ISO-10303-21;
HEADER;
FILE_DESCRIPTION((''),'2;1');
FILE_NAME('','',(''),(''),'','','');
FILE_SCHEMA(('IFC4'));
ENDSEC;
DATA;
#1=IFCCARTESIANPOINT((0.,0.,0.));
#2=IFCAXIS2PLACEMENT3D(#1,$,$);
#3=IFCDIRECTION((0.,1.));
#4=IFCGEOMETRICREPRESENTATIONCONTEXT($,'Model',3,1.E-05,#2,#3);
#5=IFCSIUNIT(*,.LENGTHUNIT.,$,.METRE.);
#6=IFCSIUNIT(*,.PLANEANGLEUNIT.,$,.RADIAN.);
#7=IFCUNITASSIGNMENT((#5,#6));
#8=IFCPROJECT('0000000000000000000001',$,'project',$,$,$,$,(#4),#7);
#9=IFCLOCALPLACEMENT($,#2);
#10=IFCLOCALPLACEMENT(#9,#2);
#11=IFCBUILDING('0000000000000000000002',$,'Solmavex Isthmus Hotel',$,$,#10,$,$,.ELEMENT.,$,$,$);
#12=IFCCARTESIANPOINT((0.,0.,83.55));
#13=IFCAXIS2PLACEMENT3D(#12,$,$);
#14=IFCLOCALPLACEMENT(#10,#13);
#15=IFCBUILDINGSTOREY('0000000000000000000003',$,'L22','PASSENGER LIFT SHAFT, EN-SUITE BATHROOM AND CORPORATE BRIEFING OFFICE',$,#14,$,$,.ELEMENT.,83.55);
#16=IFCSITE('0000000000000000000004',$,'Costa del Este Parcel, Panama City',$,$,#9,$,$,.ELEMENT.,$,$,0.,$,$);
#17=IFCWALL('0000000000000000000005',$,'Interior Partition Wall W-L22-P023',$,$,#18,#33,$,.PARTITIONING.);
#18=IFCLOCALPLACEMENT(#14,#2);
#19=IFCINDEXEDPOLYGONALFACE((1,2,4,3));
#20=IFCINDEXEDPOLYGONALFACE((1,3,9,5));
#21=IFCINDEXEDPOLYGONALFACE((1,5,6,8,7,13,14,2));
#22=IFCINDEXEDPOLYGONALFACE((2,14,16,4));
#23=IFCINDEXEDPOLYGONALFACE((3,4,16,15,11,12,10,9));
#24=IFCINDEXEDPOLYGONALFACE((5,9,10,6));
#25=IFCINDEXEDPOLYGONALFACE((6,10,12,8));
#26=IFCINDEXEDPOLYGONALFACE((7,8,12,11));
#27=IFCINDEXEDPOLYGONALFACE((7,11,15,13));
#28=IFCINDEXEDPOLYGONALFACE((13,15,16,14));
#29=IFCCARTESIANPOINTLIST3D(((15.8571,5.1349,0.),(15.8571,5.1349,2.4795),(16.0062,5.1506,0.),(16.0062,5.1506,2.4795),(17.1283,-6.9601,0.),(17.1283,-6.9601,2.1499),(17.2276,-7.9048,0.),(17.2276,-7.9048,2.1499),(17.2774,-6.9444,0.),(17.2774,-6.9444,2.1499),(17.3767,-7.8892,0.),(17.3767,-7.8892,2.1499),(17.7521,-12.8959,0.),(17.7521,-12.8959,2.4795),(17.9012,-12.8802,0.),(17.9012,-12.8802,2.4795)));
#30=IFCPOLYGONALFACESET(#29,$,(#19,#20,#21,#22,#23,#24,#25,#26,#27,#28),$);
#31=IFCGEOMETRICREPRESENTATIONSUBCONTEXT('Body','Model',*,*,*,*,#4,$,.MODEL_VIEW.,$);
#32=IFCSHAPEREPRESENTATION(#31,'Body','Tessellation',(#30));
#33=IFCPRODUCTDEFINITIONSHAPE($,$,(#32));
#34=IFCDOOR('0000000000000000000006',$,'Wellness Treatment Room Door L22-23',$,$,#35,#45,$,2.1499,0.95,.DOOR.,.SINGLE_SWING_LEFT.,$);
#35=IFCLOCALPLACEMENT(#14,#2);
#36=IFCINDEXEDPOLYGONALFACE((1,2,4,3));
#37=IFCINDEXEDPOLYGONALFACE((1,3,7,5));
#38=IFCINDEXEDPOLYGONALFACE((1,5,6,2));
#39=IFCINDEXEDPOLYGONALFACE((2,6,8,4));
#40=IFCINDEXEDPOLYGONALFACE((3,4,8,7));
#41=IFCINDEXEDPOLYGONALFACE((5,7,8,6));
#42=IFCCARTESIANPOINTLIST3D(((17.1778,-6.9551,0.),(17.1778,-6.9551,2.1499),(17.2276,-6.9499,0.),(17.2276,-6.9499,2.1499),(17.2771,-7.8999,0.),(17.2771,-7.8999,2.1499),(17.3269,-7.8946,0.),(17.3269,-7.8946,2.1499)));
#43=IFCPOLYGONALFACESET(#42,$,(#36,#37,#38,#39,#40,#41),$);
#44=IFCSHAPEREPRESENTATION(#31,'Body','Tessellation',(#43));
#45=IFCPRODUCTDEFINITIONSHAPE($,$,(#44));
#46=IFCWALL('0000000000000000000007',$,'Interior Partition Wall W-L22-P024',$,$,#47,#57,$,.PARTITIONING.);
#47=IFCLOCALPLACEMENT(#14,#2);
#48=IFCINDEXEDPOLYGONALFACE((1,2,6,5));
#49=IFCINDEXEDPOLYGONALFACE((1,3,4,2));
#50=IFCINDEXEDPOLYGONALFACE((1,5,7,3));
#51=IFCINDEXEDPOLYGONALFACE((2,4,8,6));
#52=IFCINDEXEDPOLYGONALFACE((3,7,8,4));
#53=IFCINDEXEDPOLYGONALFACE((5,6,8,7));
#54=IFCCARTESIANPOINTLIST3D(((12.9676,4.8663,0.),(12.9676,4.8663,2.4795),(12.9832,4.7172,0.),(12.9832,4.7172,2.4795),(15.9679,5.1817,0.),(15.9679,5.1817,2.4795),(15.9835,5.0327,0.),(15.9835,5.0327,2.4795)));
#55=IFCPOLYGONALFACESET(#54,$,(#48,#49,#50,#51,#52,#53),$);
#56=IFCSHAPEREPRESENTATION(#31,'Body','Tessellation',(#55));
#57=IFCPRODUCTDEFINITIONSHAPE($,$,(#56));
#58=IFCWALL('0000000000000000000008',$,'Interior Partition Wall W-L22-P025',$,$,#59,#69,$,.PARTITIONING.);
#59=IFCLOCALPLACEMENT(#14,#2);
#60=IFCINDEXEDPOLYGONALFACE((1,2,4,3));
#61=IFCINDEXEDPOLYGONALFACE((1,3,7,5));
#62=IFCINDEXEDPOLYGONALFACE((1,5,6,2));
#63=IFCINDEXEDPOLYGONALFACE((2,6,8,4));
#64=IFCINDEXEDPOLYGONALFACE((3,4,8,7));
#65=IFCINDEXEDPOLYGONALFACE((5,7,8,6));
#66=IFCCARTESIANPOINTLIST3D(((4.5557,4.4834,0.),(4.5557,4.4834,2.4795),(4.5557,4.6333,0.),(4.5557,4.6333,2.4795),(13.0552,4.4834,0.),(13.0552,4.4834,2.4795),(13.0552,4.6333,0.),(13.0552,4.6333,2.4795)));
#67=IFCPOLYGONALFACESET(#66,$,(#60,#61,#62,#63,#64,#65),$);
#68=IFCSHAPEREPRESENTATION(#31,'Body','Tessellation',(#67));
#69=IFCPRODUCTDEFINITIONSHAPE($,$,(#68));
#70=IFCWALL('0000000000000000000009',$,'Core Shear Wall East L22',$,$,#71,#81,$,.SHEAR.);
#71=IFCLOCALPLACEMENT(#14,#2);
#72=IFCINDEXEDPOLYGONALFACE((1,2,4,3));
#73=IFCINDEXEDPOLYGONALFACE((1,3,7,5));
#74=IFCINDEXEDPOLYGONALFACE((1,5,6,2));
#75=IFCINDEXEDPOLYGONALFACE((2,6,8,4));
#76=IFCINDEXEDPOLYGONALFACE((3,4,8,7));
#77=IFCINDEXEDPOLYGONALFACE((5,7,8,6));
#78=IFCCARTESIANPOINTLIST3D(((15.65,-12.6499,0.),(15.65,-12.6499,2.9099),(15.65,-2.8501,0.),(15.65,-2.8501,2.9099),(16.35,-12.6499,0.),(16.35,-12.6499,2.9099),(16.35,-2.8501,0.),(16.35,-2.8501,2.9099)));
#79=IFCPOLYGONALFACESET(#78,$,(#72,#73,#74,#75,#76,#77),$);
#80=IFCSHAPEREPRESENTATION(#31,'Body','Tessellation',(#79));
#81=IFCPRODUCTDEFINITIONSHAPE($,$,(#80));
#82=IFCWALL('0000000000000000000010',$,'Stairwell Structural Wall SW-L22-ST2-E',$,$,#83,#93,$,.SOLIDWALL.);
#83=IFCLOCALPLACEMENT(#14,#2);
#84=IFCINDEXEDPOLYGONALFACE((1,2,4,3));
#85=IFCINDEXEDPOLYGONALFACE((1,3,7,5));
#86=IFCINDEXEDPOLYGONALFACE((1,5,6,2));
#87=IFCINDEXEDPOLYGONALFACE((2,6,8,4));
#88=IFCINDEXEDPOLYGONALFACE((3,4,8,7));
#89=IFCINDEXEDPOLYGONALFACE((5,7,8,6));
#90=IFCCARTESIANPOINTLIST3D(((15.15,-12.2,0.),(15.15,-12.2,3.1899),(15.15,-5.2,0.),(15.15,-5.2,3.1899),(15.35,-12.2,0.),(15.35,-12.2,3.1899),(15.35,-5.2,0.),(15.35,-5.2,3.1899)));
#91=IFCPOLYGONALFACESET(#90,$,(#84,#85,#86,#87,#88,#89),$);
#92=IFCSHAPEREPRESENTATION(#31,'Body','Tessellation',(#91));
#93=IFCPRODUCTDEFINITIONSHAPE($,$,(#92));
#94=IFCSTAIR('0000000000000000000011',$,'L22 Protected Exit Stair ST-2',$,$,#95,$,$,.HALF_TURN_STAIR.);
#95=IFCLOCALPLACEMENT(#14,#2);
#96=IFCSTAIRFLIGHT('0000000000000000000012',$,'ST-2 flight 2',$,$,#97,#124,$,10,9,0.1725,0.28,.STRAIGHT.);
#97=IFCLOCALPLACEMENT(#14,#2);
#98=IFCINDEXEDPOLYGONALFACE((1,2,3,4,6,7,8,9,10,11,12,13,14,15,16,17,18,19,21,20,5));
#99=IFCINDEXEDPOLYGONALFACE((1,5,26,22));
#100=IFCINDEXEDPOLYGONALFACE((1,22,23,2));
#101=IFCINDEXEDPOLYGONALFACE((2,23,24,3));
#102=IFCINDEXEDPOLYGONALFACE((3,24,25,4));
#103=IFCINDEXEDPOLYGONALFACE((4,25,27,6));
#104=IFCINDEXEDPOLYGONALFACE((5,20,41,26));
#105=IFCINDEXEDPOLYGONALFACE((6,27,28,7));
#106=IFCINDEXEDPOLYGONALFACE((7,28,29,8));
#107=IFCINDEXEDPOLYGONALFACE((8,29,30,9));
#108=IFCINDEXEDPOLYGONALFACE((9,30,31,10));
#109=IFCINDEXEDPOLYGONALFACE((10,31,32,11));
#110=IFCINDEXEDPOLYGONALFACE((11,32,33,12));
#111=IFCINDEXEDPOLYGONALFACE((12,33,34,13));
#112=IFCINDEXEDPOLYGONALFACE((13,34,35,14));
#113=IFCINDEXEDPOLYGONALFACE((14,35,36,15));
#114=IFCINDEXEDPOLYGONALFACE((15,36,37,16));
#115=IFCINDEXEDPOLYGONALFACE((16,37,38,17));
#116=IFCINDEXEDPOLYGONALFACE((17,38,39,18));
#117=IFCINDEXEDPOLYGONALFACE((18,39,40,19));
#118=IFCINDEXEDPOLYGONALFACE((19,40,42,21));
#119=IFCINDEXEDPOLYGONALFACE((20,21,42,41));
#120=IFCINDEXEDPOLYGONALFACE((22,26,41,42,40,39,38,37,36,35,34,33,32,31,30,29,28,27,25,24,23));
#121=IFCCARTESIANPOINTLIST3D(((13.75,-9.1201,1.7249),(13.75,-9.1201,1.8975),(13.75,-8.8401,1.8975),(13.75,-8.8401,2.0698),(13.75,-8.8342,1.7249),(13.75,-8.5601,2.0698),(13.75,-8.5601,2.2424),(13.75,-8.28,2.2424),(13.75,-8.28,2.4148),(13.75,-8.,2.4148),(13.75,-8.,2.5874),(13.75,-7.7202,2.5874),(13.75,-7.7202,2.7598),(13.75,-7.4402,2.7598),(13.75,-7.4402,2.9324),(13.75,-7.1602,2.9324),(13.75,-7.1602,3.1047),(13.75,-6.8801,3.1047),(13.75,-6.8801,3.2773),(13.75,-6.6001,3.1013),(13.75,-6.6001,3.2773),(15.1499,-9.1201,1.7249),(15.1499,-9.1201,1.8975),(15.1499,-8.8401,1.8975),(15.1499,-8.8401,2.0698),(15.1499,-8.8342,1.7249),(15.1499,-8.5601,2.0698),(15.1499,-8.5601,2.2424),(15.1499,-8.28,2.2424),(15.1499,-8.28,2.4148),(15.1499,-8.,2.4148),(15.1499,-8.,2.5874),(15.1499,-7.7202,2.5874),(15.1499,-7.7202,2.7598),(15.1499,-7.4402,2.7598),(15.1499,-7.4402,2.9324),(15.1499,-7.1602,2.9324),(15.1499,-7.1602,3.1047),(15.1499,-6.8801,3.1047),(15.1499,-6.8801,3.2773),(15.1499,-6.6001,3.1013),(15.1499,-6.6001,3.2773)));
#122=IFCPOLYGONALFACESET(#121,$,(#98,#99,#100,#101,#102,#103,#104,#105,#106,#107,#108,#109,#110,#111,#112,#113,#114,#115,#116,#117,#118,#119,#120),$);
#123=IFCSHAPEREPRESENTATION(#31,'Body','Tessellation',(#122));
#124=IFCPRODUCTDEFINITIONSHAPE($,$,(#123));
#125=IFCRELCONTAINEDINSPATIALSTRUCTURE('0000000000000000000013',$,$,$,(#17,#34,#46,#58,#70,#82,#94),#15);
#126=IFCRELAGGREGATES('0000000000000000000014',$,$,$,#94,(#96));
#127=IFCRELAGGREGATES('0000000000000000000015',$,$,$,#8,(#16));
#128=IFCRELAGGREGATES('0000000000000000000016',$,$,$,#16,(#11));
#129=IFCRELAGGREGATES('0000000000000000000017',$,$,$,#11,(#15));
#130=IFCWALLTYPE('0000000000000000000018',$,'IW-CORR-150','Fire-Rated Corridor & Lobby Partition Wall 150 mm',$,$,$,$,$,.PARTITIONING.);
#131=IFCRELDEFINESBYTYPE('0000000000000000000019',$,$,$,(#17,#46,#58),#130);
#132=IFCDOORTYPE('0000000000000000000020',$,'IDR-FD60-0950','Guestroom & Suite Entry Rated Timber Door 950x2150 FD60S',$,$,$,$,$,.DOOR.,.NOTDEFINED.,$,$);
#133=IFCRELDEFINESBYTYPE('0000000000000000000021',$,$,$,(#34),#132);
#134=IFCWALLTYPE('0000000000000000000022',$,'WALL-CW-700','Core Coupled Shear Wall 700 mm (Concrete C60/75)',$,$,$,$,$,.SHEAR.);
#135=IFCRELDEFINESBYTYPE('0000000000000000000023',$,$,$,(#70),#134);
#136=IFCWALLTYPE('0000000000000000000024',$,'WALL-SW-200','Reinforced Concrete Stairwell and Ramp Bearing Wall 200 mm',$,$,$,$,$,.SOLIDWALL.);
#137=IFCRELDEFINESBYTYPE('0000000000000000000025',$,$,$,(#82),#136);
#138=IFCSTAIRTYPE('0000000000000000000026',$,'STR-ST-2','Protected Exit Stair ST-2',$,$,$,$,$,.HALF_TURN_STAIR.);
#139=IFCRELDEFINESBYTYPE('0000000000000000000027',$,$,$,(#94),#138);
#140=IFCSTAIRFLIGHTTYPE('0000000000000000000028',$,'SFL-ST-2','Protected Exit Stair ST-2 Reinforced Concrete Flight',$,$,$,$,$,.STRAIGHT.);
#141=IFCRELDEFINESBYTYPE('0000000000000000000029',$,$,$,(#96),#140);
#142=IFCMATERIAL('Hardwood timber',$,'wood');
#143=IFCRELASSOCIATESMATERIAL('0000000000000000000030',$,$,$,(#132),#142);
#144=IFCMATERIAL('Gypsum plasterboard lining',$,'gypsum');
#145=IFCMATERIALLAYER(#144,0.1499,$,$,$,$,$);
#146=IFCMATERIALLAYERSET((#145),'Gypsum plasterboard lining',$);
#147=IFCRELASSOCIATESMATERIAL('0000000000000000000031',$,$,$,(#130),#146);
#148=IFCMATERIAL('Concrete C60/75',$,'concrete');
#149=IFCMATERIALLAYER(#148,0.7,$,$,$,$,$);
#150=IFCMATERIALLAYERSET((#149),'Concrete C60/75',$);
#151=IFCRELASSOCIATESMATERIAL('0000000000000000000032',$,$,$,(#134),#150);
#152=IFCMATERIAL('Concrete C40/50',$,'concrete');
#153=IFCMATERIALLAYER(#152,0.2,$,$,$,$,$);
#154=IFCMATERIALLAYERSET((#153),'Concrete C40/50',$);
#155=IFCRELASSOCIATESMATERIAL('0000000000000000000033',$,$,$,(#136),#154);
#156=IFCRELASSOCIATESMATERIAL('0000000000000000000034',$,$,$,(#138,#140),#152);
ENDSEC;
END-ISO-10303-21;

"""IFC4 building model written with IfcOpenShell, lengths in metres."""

from ifc_helpers import new_model, si_unit, direction, frame, frame_2d, origin, place, context, subcontext, project, spatial, polyline, rectangle, outline, extrude, material, layer, layer_set, type_object, element, fill, aggregate, save


model = new_model("IFC4")

# Units and contexts
model_context = context("Model", 3, precision=1e-05, world=origin(), true_north=direction((0.0, 1.0)))
body_context = subcontext(model_context, "Body", "Model", "MODEL_VIEW")
ifc_project = project(units=[si_unit("LENGTHUNIT", "METRE"), si_unit("PLANEANGLEUNIT", "RADIAN")], contexts=[model_context])

# Site, building, storey
site_placement = place(None, origin())
site = spatial("IfcSite", under=ifc_project, at=site_placement, Name="Costa del Este Parcel, Panama City", CompositionType="ELEMENT", RefElevation=0.0)
building_placement = place(site_placement, origin())
building = spatial("IfcBuilding", under=site, at=building_placement, Name="Solmavex Isthmus Hotel", CompositionType="ELEMENT")
storey_placement = place(building_placement, frame((0.0, 0.0, 83.55)))
storey = spatial("IfcBuildingStorey", under=building, at=storey_placement, Name="L22", Description="PASSENGER LIFT SHAFT, EN-SUITE BATHROOM AND CORPORATE BRIEFING OFFICE", CompositionType="ELEMENT", Elevation=83.55)

# Shared definitions
ifc_material_1 = material(Name="Concrete C60/75", Category="concrete")

# Shared definitions
ifc_material_2 = material(Name="Gypsum plasterboard lining", Category="gypsum")
ifc_material_3 = material(Name="Hardwood timber", Category="wood")
door_type = type_object("IfcDoorType", Name="IDR-FD60-0950", Description="Guestroom & Suite Entry Rated Timber Door 950x2150 FD60S", OperationType="NOTDEFINED", PredefinedType="DOOR", material=ifc_material_3)

# Shared definitions
ifc_layer_1 = layer(ifc_material_2, 0.1499)
ifc_layer_set_1 = layer_set([ifc_layer_1], Name="Gypsum plasterboard lining")
wall_type_1 = type_object("IfcWallType", Name="IW-CORR-150", Description="Fire-Rated Corridor & Lobby Partition Wall 150 mm", PredefinedType="PARTITIONING", material=ifc_layer_set_1)

# Wall, opening, door
wall_1_placement = place(storey_placement, frame((17.8267, -12.8879, 0.0), z_axis=(0.0, 0.0, 1.0), x_axis=(-0.104524, 0.994522, 0.0)))
wall_1 = element("IfcWall", 1, at=wall_1_placement, inside=storey, type_object=wall_type_1, Name="Interior Partition Wall W-L22-P023", PredefinedType="PARTITIONING", context=body_context, shape_type="SweptSolid", body=[
    extrude(rectangle(XDim=18.1301, YDim=0.1499, at=frame_2d((9.0649, 0.0))), origin(), (0.0, 0.0, 1.0), 2.4795),
])
opening_1_placement = place(wall_1_placement, frame((5.0183, 0.0, 0.0)))
opening_1 = element("IfcOpeningElement", 2, at=opening_1_placement, cuts=wall_1, PredefinedType="OPENING", context=body_context, shape_type="SweptSolid", body=[
    extrude(rectangle(XDim=0.95, YDim=2.1499, at=frame_2d((0.4751, 1.075))), frame((0.0, 0.085, 0.0), z_axis=(0.0, -1.0, 0.0), x_axis=(1.0, 0.0, 0.0)), (0.0, 0.0, 1.0), 0.1699),
])
door_1_placement = place(opening_1_placement, frame((0.95, 0.0, 0.0), z_axis=(0.0, 0.0, 1.0), x_axis=(-1.0, 0.0, 0.0)))
door_1 = element("IfcDoor", 3, at=door_1_placement, inside=storey, type_object=door_type, Name="Wellness Treatment Room Door L22-23", OperationType="SINGLE_SWING_LEFT", OverallHeight=2.1499, OverallWidth=0.95, PredefinedType="DOOR", context=body_context, shape_type="SweptSolid", body=[
    extrude(rectangle(XDim=0.95, YDim=2.1499, at=frame_2d((0.4751, 1.075))), frame((0.0, 0.0249, 0.0), z_axis=(0.0, -1.0, 0.0), x_axis=(1.0, 0.0, 0.0)), (0.0, 0.0, 1.0), 0.05),
])
fill(opening_1, door_1)

# Walls
wall_2_placement = place(storey_placement, frame((15.9756, 5.1072, 0.0), z_axis=(0.0, 0.0, 1.0), x_axis=(-0.994519, -0.104558, 0.0)))
element("IfcWall", 4, at=wall_2_placement, inside=storey, type_object=wall_type_1, Name="Interior Partition Wall W-L22-P024", PredefinedType="PARTITIONING", context=body_context, shape_type="SweptSolid", body=[
    extrude(rectangle(XDim=3.0168, YDim=0.1499, at=frame_2d((1.5083, 0.0))), origin(), (0.0, 0.0, 1.0), 2.4795),
])
wall_3_placement = place(storey_placement, frame((13.0552, 4.5583, 0.0), z_axis=(0.0, 0.0, 1.0), x_axis=(-1.0, 0.0, 0.0)))
element("IfcWall", 5, at=wall_3_placement, inside=storey, type_object=wall_type_1, Name="Interior Partition Wall W-L22-P025", PredefinedType="PARTITIONING", context=body_context, shape_type="SweptSolid", body=[
    extrude(rectangle(XDim=8.4995, YDim=0.1499, at=frame_2d((4.2498, 0.0))), origin(), (0.0, 0.0, 1.0), 2.4795),
])

# Walls
ifc_layer_2 = layer(ifc_material_1, 0.7)
ifc_layer_set_2 = layer_set([ifc_layer_2], Name="Concrete C60/75")
wall_type_2 = type_object("IfcWallType", Name="WALL-CW-700", Description="Core Coupled Shear Wall 700 mm (Concrete C60/75)", PredefinedType="SHEAR", material=ifc_layer_set_2)
wall_4_placement = place(storey_placement, frame((16.0, -12.6499, 0.0), z_axis=(0.0, 0.0, 1.0), x_axis=(0.0, 1.0, 0.0)))
element("IfcWall", 6, at=wall_4_placement, inside=storey, type_object=wall_type_2, Name="Core Shear Wall East L22", PredefinedType="SHEAR", context=body_context, shape_type="SweptSolid", body=[
    extrude(rectangle(XDim=9.7998, YDim=0.7, at=frame_2d((4.8999, 0.0))), origin(), (0.0, 0.0, 1.0), 2.9099),
])
ifc_material_4 = material(Name="Concrete C40/50", Category="concrete")
ifc_layer_3 = layer(ifc_material_4, 0.2)
ifc_layer_set_3 = layer_set([ifc_layer_3], Name="Concrete C40/50")
wall_type_3 = type_object("IfcWallType", Name="WALL-SW-200", Description="Reinforced Concrete Stairwell and Ramp Bearing Wall 200 mm", PredefinedType="SOLIDWALL", material=ifc_layer_set_3)
wall_5_placement = place(storey_placement, frame((15.25, -12.2, 0.0), z_axis=(0.0, 0.0, 1.0), x_axis=(0.0, 1.0, 0.0)))
element("IfcWall", 7, at=wall_5_placement, inside=storey, type_object=wall_type_3, Name="Stairwell Structural Wall SW-L22-ST2-E", PredefinedType="SOLIDWALL", context=body_context, shape_type="SweptSolid", body=[
    extrude(rectangle(XDim=7.0, YDim=0.2, at=frame_2d((3.5, 0.0))), origin(), (0.0, 0.0, 1.0), 3.1899),
])

# Stair, stair flight
stair_type = type_object("IfcStairType", Name="STR-ST-2", Description="Protected Exit Stair ST-2", PredefinedType="HALF_TURN_STAIR", material=ifc_material_4)
stair_placement = place(storey_placement, origin())
stair = element("IfcStair", 8, at=stair_placement, inside=storey, type_object=stair_type, Name="L22 Protected Exit Stair ST-2", PredefinedType="HALF_TURN_STAIR")
stair_flight_type = type_object("IfcStairFlightType", Name="SFL-ST-2", Description="Protected Exit Stair ST-2 Reinforced Concrete Flight", PredefinedType="STRAIGHT", material=ifc_material_4)
stair_flight_placement = place(storey_placement, frame((14.45, -9.1201, 1.7249), z_axis=(0.0, 0.0, 1.0), x_axis=(0.0, 1.0, 0.0)))
stair_flight = element("IfcStairFlight", 9, at=stair_flight_placement, type_object=stair_flight_type, Name="ST-2 flight 2", NumberOfRisers=10, NumberOfTreads=9, PredefinedType="STRAIGHT", RiserHeight=0.1725, TreadLength=0.28, context=body_context, shape_type="SweptSolid", body=[
    extrude(outline(polyline([(0.0, 0.0), (0.0, 0.1726), (0.28, 0.1726), (0.28, 0.345), (0.5601, 0.345), (0.5601, 0.5176), (0.8401, 0.5176), (0.8401, 0.6899), (1.1201, 0.6899), (1.1201, 0.8625), (1.3999, 0.8625), (1.3999, 1.0349), (1.6799, 1.0349), (1.6799, 1.2075), (1.96, 1.2075), (1.96, 1.3799), (2.24, 1.3799), (2.24, 1.5525), (2.52, 1.5525), (2.52, 1.7251), (2.52, 1.3765), (0.2859, 0.0), (0.0, 0.0)])), frame((0.0, 0.7, 0.0), z_axis=(0.0, -1.0, 0.0), x_axis=(1.0, 0.0, 0.0)), (0.0, 0.0, 1.0), 1.3999),
])
aggregate(stair, [stair_flight])

save(model, "model.ifc")
